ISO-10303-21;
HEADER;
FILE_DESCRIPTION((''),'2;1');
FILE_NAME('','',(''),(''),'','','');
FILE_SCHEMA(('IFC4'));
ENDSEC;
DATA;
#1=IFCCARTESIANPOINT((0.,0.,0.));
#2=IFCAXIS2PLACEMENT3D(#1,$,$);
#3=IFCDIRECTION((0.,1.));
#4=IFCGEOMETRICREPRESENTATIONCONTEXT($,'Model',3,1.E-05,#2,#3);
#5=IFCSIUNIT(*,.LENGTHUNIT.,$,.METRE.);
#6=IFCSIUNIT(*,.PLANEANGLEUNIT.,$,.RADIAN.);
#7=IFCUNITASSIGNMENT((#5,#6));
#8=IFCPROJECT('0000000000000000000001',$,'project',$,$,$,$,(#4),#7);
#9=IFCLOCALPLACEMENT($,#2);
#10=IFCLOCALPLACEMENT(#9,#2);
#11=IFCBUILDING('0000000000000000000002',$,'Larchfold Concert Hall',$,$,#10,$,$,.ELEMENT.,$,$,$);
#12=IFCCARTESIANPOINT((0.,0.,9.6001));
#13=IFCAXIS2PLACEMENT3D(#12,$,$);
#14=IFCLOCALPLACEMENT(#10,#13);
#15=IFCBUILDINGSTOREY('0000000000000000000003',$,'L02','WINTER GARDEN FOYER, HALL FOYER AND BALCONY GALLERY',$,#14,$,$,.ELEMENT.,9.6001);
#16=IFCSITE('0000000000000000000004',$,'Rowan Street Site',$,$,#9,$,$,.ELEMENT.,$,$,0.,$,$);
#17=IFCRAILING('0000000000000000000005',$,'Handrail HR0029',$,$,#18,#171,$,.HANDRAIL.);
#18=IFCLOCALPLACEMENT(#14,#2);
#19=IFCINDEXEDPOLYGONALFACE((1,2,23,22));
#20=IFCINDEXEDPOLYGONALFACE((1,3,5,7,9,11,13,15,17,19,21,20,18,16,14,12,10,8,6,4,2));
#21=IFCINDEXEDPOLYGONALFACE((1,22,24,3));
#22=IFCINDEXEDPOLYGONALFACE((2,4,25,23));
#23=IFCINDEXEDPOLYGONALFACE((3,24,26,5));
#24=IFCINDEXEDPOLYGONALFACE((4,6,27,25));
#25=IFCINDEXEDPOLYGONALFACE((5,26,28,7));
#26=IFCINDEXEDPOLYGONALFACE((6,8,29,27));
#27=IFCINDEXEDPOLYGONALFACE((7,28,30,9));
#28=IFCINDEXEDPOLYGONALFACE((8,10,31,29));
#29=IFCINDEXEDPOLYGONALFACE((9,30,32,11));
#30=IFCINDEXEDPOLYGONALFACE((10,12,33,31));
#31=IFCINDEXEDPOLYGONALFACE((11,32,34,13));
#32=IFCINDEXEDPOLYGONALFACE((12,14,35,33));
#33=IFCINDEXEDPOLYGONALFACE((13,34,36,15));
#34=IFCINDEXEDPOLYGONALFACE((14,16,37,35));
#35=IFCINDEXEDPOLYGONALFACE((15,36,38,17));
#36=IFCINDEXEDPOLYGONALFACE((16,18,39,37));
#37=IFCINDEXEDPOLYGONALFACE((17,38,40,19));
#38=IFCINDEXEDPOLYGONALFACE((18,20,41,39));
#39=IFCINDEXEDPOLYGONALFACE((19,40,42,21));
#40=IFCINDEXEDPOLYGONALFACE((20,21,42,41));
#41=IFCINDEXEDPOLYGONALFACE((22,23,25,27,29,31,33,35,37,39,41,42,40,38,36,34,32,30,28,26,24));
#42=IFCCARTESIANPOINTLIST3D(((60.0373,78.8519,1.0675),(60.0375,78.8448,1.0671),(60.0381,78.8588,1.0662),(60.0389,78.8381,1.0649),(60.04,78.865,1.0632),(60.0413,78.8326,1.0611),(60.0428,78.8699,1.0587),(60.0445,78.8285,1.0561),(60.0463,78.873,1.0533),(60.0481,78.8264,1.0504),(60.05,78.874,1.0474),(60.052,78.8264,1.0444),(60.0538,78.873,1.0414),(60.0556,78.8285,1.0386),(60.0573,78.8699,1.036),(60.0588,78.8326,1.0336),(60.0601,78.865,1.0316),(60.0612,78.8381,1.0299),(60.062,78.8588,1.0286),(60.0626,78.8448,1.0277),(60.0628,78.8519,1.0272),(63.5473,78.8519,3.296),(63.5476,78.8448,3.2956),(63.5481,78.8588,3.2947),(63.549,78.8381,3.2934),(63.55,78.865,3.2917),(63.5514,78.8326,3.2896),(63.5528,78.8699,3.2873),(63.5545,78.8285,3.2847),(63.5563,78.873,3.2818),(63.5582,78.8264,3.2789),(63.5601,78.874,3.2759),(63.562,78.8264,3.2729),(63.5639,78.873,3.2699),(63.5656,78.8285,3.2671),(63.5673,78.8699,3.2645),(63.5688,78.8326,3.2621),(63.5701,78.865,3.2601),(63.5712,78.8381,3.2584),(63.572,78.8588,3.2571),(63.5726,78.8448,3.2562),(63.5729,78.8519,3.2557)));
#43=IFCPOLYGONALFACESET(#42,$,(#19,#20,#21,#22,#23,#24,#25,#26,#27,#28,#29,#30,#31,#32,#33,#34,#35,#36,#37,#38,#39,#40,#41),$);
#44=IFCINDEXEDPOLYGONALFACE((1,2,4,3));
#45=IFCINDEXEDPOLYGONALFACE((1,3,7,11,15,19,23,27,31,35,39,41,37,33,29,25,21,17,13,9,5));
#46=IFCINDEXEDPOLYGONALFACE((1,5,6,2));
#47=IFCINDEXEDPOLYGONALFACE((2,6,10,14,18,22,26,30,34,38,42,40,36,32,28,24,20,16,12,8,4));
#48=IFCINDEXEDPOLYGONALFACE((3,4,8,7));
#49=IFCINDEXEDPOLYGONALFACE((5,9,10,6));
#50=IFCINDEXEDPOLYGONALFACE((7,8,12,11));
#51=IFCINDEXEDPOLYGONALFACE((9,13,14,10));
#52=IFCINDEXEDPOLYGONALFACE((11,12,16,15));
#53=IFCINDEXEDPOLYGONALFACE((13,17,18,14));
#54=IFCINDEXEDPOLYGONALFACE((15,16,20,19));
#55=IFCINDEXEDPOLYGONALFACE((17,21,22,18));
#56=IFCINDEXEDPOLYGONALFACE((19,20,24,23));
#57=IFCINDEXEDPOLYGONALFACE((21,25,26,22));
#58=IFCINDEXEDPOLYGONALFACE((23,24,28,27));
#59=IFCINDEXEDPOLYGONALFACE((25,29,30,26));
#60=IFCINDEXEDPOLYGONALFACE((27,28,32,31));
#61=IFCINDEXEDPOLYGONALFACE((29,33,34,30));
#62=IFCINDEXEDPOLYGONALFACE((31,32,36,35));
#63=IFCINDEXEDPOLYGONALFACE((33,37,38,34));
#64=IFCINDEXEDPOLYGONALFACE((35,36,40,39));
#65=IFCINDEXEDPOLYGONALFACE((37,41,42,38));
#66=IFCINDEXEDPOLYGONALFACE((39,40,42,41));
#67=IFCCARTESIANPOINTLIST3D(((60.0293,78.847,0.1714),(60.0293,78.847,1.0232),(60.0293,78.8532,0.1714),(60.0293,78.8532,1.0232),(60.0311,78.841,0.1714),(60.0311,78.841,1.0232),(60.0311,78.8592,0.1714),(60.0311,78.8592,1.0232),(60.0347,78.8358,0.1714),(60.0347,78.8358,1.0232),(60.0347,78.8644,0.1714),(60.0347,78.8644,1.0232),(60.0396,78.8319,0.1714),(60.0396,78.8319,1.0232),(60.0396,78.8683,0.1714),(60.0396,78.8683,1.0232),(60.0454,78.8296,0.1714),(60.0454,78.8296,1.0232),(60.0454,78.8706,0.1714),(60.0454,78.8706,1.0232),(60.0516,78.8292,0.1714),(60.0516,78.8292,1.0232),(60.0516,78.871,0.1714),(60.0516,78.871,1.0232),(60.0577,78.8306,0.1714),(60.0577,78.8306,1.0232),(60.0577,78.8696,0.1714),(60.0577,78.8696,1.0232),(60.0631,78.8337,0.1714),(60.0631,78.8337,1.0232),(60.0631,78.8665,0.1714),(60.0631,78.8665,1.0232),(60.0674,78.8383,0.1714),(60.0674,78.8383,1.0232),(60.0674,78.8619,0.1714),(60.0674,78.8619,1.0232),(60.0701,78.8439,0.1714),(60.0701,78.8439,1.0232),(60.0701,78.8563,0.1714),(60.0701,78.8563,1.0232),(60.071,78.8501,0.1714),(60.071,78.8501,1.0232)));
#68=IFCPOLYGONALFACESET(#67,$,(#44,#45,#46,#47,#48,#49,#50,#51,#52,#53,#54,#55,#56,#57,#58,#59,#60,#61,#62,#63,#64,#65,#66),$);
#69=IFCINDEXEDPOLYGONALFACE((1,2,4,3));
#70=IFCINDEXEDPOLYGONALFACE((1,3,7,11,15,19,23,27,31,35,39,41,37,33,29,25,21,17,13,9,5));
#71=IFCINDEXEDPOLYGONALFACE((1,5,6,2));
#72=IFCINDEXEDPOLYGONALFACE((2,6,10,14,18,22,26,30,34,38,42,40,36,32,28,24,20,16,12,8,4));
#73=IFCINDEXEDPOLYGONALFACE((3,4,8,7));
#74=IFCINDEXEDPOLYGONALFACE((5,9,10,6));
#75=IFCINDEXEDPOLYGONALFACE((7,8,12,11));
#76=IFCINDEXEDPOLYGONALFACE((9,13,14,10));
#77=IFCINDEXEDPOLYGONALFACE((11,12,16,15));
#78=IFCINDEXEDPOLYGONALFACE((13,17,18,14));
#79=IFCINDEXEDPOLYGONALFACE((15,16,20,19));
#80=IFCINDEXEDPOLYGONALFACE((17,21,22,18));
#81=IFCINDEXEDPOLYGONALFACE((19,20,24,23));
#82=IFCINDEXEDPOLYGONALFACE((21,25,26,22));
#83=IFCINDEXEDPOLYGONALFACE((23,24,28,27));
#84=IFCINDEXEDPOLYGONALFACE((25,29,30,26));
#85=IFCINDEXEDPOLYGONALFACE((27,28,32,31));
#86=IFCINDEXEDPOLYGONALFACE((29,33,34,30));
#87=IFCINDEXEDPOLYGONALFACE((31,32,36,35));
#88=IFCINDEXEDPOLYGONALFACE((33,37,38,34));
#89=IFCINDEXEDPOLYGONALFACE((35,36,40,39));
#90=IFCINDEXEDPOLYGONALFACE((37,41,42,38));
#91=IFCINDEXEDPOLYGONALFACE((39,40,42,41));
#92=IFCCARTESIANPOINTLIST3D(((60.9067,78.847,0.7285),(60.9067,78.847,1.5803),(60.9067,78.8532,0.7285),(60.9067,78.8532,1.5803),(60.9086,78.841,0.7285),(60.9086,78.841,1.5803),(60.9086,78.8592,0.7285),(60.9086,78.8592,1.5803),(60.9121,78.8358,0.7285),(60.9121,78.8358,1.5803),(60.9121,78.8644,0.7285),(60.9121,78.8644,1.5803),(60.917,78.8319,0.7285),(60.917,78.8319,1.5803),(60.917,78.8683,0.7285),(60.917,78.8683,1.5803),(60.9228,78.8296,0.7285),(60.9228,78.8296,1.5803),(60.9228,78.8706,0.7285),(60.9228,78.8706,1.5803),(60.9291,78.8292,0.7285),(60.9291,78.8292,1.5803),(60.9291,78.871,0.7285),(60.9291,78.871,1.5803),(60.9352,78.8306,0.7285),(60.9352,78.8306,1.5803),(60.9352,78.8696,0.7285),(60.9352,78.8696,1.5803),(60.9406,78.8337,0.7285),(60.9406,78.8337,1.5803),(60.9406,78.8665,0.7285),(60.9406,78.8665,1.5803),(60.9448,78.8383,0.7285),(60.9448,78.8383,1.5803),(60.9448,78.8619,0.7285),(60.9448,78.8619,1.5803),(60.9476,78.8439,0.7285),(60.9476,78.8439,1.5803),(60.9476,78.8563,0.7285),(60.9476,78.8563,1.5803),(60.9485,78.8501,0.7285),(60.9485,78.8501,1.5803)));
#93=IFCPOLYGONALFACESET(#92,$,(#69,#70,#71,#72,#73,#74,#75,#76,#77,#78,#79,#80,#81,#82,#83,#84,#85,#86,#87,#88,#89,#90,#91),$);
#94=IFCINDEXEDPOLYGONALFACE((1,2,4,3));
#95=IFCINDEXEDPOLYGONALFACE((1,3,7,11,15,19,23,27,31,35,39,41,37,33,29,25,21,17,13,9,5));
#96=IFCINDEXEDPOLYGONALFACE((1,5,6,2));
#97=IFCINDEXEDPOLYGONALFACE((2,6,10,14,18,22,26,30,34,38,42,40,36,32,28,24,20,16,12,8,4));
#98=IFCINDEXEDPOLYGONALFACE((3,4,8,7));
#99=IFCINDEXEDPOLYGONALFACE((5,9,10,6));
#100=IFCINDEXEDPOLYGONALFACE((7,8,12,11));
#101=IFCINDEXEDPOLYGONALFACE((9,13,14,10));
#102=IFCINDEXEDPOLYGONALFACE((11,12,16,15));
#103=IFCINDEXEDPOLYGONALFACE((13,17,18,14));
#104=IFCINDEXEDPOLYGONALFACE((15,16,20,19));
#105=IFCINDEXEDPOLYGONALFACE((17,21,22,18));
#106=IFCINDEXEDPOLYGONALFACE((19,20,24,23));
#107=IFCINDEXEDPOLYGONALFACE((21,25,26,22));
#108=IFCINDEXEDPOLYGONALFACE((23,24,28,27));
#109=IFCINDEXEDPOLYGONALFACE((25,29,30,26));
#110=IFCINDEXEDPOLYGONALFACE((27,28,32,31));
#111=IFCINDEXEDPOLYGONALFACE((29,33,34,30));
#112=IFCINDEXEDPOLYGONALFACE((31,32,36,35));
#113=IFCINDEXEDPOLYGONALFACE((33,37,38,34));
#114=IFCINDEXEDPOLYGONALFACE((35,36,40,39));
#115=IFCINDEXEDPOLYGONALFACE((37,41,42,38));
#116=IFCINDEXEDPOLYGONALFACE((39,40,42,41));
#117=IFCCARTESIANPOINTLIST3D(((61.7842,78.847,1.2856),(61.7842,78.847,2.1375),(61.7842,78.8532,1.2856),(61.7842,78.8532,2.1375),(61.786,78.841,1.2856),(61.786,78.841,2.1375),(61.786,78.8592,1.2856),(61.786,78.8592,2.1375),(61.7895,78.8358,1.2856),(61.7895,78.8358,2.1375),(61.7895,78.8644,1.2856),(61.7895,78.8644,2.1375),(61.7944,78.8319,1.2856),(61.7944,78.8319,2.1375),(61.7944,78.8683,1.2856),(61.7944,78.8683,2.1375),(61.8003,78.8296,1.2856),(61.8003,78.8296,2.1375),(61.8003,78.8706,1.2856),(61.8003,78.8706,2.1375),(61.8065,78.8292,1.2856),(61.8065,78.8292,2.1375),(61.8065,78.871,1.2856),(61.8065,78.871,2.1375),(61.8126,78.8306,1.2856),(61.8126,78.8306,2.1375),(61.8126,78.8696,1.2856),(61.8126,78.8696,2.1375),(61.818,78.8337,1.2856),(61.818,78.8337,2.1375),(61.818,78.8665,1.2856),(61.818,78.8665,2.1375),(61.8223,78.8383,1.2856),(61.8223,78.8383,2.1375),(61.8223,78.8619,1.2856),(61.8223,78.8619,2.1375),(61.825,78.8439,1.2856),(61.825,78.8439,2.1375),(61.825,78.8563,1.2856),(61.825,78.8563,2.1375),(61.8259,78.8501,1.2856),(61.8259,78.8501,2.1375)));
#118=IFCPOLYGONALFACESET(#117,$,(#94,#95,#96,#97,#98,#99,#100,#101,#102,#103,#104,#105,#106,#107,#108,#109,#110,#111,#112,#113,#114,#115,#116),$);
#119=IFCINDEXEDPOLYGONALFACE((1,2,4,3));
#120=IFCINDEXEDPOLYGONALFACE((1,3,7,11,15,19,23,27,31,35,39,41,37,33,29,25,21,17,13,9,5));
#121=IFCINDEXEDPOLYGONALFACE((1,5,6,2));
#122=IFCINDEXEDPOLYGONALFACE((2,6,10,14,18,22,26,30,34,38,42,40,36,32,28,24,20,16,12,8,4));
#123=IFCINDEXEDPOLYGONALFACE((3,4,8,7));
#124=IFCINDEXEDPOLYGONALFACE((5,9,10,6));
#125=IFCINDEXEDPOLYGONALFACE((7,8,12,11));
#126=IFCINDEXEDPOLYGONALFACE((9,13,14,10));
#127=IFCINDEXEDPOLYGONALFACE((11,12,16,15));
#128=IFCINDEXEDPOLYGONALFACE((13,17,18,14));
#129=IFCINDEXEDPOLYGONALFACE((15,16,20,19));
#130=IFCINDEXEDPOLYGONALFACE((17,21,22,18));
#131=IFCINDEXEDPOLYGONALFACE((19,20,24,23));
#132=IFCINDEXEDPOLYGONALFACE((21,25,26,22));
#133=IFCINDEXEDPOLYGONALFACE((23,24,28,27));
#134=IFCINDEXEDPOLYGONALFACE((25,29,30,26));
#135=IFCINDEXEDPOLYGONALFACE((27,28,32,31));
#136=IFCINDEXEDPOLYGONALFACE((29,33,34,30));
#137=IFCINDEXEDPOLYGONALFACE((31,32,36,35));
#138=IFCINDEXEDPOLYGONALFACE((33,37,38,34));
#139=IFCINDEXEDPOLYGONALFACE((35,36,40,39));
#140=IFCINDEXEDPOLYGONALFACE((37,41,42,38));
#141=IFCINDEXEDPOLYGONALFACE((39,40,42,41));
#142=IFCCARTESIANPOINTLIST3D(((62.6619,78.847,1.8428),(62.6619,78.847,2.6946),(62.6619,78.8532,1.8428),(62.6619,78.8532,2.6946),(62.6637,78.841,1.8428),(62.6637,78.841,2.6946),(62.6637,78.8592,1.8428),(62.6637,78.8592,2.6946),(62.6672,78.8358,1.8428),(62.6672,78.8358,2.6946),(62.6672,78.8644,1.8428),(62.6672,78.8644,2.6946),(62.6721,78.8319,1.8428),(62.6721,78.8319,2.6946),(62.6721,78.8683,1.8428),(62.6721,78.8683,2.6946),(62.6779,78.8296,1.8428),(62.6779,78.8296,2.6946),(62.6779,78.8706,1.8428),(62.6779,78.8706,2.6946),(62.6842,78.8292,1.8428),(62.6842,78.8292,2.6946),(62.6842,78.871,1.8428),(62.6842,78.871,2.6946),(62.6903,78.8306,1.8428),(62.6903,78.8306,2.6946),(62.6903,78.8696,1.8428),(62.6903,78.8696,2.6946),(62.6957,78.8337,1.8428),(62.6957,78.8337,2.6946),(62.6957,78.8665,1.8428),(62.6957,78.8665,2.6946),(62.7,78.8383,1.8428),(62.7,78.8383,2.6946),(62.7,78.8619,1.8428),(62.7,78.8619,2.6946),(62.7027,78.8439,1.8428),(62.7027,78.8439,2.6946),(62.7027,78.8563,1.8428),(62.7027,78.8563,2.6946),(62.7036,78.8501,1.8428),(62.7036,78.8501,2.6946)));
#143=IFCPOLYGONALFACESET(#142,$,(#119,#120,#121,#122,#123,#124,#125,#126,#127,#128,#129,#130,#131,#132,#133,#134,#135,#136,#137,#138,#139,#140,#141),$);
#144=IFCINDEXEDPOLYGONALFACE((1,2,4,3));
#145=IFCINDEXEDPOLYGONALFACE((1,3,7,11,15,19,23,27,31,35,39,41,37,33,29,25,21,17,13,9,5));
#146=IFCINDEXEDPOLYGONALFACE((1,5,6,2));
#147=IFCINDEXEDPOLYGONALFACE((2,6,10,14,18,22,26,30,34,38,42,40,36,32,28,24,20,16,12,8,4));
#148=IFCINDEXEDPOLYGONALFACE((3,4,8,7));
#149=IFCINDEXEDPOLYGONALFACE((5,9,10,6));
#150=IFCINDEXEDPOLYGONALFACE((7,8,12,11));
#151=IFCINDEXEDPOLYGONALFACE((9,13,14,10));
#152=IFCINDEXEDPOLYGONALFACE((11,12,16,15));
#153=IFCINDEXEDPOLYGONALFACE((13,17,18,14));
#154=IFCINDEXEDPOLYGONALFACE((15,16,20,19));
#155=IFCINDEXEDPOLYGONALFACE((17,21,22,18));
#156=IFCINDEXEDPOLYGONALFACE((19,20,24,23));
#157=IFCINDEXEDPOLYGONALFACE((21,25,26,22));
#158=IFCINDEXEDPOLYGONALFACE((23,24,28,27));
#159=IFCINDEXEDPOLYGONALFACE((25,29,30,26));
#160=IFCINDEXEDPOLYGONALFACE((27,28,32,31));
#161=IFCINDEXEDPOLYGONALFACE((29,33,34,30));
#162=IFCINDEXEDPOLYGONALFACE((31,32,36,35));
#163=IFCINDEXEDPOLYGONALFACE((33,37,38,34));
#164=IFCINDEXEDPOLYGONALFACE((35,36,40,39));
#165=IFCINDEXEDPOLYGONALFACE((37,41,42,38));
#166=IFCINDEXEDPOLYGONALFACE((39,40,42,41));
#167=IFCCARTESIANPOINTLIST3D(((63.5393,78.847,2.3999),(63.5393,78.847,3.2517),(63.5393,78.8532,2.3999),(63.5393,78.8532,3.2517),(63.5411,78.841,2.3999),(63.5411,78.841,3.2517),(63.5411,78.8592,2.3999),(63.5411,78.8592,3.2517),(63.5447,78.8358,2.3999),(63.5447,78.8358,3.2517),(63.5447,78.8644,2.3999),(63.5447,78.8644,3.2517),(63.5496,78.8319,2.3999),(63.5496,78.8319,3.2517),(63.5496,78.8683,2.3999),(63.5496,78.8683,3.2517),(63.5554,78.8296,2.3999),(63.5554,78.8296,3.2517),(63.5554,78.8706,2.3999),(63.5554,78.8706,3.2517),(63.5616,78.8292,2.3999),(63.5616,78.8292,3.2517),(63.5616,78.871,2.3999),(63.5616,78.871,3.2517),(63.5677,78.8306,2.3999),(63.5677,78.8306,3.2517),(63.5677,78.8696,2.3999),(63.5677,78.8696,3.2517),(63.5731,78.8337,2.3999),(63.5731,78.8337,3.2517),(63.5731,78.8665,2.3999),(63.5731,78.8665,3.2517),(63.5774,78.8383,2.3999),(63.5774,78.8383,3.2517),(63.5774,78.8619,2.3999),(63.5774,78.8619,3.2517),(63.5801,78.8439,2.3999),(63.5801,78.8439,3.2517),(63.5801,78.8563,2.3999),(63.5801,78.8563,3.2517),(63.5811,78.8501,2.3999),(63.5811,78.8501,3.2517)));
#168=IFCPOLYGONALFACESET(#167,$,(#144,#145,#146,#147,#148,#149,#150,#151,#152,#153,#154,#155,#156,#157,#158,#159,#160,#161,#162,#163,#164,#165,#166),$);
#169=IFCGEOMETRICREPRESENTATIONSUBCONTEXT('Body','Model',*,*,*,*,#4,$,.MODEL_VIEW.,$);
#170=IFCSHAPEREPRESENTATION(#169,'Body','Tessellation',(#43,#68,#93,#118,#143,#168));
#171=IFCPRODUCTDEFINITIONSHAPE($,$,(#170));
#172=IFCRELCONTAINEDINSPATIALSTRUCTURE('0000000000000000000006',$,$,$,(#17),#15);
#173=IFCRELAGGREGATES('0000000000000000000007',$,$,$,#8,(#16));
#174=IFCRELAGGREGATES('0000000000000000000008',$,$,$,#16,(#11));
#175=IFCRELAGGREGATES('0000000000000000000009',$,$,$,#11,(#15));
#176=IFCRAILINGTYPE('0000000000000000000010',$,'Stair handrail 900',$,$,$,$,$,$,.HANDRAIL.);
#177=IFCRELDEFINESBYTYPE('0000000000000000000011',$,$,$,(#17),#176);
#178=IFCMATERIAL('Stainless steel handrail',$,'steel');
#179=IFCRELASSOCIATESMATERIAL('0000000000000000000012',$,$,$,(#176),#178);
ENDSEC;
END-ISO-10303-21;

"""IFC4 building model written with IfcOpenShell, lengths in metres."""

from ifc_helpers import new_model, si_unit, direction, frame, origin, origin_2d, place, context, subcontext, project, spatial, circle, extrude, material, type_object, element, save


model = new_model("IFC4")

# Units and contexts
model_context = context("Model", 3, precision=1e-05, world=origin(), true_north=direction((0.0, 1.0)))
body_context = subcontext(model_context, "Body", "Model", "MODEL_VIEW")
ifc_project = project(units=[si_unit("LENGTHUNIT", "METRE"), si_unit("PLANEANGLEUNIT", "RADIAN")], contexts=[model_context])

# Site, building, storey
site_placement = place(None, origin())
site = spatial("IfcSite", under=ifc_project, at=site_placement, Name="Rowan Street Site", CompositionType="ELEMENT", RefElevation=0.0)
building_placement = place(site_placement, origin())
building = spatial("IfcBuilding", under=site, at=building_placement, Name="Larchfold Concert Hall", CompositionType="ELEMENT")
storey_placement = place(building_placement, frame((0.0, 0.0, 9.6001)))
storey = spatial("IfcBuildingStorey", under=building, at=storey_placement, Name="L02", Description="WINTER GARDEN FOYER, HALL FOYER AND BALCONY GALLERY", CompositionType="ELEMENT", Elevation=9.6001)

# Railing
ifc_material_1 = material(Name="Stainless steel handrail", Category="steel")
railing_type_1 = type_object("IfcRailingType", Name="Stair handrail 900", PredefinedType="HANDRAIL", material=ifc_material_1)
for number, where, name in (
    (1, (60.05, 78.8501, 0.1714), "Handrail HR0029"),
):
    element("IfcRailing", number, at=place(storey_placement, frame(where)), inside=storey, type_object=railing_type_1, Name=name, PredefinedType="HANDRAIL", context=body_context, shape_type="SweptSolid", body=[
        extrude(circle(Radius=0.0239, at=origin_2d()), frame((0.0, 0.0, 0.876), z_axis=(0.84422, 0.0, 0.535998), x_axis=(0.0, 1.0, 0.0)), (0.0, 0.0, 1.0), 4.1577),
        extrude(circle(Radius=0.021, at=origin_2d()), origin(), (0.0, 0.0, 1.0), 0.8518),
        extrude(circle(Radius=0.021, at=origin_2d()), frame((0.8774, 0.0, 0.5571)), (0.0, 0.0, 1.0), 0.8518),
        extrude(circle(Radius=0.021, at=origin_2d()), frame((1.7549, 0.0, 1.1143)), (0.0, 0.0, 1.0), 0.8518),
        extrude(circle(Radius=0.021, at=origin_2d()), frame((2.6326, 0.0, 1.6714)), (0.0, 0.0, 1.0), 0.8518),
        extrude(circle(Radius=0.021, at=origin_2d()), frame((3.51, 0.0, 2.2285)), (0.0, 0.0, 1.0), 0.8518),
    ])

save(model, "model.ifc")
